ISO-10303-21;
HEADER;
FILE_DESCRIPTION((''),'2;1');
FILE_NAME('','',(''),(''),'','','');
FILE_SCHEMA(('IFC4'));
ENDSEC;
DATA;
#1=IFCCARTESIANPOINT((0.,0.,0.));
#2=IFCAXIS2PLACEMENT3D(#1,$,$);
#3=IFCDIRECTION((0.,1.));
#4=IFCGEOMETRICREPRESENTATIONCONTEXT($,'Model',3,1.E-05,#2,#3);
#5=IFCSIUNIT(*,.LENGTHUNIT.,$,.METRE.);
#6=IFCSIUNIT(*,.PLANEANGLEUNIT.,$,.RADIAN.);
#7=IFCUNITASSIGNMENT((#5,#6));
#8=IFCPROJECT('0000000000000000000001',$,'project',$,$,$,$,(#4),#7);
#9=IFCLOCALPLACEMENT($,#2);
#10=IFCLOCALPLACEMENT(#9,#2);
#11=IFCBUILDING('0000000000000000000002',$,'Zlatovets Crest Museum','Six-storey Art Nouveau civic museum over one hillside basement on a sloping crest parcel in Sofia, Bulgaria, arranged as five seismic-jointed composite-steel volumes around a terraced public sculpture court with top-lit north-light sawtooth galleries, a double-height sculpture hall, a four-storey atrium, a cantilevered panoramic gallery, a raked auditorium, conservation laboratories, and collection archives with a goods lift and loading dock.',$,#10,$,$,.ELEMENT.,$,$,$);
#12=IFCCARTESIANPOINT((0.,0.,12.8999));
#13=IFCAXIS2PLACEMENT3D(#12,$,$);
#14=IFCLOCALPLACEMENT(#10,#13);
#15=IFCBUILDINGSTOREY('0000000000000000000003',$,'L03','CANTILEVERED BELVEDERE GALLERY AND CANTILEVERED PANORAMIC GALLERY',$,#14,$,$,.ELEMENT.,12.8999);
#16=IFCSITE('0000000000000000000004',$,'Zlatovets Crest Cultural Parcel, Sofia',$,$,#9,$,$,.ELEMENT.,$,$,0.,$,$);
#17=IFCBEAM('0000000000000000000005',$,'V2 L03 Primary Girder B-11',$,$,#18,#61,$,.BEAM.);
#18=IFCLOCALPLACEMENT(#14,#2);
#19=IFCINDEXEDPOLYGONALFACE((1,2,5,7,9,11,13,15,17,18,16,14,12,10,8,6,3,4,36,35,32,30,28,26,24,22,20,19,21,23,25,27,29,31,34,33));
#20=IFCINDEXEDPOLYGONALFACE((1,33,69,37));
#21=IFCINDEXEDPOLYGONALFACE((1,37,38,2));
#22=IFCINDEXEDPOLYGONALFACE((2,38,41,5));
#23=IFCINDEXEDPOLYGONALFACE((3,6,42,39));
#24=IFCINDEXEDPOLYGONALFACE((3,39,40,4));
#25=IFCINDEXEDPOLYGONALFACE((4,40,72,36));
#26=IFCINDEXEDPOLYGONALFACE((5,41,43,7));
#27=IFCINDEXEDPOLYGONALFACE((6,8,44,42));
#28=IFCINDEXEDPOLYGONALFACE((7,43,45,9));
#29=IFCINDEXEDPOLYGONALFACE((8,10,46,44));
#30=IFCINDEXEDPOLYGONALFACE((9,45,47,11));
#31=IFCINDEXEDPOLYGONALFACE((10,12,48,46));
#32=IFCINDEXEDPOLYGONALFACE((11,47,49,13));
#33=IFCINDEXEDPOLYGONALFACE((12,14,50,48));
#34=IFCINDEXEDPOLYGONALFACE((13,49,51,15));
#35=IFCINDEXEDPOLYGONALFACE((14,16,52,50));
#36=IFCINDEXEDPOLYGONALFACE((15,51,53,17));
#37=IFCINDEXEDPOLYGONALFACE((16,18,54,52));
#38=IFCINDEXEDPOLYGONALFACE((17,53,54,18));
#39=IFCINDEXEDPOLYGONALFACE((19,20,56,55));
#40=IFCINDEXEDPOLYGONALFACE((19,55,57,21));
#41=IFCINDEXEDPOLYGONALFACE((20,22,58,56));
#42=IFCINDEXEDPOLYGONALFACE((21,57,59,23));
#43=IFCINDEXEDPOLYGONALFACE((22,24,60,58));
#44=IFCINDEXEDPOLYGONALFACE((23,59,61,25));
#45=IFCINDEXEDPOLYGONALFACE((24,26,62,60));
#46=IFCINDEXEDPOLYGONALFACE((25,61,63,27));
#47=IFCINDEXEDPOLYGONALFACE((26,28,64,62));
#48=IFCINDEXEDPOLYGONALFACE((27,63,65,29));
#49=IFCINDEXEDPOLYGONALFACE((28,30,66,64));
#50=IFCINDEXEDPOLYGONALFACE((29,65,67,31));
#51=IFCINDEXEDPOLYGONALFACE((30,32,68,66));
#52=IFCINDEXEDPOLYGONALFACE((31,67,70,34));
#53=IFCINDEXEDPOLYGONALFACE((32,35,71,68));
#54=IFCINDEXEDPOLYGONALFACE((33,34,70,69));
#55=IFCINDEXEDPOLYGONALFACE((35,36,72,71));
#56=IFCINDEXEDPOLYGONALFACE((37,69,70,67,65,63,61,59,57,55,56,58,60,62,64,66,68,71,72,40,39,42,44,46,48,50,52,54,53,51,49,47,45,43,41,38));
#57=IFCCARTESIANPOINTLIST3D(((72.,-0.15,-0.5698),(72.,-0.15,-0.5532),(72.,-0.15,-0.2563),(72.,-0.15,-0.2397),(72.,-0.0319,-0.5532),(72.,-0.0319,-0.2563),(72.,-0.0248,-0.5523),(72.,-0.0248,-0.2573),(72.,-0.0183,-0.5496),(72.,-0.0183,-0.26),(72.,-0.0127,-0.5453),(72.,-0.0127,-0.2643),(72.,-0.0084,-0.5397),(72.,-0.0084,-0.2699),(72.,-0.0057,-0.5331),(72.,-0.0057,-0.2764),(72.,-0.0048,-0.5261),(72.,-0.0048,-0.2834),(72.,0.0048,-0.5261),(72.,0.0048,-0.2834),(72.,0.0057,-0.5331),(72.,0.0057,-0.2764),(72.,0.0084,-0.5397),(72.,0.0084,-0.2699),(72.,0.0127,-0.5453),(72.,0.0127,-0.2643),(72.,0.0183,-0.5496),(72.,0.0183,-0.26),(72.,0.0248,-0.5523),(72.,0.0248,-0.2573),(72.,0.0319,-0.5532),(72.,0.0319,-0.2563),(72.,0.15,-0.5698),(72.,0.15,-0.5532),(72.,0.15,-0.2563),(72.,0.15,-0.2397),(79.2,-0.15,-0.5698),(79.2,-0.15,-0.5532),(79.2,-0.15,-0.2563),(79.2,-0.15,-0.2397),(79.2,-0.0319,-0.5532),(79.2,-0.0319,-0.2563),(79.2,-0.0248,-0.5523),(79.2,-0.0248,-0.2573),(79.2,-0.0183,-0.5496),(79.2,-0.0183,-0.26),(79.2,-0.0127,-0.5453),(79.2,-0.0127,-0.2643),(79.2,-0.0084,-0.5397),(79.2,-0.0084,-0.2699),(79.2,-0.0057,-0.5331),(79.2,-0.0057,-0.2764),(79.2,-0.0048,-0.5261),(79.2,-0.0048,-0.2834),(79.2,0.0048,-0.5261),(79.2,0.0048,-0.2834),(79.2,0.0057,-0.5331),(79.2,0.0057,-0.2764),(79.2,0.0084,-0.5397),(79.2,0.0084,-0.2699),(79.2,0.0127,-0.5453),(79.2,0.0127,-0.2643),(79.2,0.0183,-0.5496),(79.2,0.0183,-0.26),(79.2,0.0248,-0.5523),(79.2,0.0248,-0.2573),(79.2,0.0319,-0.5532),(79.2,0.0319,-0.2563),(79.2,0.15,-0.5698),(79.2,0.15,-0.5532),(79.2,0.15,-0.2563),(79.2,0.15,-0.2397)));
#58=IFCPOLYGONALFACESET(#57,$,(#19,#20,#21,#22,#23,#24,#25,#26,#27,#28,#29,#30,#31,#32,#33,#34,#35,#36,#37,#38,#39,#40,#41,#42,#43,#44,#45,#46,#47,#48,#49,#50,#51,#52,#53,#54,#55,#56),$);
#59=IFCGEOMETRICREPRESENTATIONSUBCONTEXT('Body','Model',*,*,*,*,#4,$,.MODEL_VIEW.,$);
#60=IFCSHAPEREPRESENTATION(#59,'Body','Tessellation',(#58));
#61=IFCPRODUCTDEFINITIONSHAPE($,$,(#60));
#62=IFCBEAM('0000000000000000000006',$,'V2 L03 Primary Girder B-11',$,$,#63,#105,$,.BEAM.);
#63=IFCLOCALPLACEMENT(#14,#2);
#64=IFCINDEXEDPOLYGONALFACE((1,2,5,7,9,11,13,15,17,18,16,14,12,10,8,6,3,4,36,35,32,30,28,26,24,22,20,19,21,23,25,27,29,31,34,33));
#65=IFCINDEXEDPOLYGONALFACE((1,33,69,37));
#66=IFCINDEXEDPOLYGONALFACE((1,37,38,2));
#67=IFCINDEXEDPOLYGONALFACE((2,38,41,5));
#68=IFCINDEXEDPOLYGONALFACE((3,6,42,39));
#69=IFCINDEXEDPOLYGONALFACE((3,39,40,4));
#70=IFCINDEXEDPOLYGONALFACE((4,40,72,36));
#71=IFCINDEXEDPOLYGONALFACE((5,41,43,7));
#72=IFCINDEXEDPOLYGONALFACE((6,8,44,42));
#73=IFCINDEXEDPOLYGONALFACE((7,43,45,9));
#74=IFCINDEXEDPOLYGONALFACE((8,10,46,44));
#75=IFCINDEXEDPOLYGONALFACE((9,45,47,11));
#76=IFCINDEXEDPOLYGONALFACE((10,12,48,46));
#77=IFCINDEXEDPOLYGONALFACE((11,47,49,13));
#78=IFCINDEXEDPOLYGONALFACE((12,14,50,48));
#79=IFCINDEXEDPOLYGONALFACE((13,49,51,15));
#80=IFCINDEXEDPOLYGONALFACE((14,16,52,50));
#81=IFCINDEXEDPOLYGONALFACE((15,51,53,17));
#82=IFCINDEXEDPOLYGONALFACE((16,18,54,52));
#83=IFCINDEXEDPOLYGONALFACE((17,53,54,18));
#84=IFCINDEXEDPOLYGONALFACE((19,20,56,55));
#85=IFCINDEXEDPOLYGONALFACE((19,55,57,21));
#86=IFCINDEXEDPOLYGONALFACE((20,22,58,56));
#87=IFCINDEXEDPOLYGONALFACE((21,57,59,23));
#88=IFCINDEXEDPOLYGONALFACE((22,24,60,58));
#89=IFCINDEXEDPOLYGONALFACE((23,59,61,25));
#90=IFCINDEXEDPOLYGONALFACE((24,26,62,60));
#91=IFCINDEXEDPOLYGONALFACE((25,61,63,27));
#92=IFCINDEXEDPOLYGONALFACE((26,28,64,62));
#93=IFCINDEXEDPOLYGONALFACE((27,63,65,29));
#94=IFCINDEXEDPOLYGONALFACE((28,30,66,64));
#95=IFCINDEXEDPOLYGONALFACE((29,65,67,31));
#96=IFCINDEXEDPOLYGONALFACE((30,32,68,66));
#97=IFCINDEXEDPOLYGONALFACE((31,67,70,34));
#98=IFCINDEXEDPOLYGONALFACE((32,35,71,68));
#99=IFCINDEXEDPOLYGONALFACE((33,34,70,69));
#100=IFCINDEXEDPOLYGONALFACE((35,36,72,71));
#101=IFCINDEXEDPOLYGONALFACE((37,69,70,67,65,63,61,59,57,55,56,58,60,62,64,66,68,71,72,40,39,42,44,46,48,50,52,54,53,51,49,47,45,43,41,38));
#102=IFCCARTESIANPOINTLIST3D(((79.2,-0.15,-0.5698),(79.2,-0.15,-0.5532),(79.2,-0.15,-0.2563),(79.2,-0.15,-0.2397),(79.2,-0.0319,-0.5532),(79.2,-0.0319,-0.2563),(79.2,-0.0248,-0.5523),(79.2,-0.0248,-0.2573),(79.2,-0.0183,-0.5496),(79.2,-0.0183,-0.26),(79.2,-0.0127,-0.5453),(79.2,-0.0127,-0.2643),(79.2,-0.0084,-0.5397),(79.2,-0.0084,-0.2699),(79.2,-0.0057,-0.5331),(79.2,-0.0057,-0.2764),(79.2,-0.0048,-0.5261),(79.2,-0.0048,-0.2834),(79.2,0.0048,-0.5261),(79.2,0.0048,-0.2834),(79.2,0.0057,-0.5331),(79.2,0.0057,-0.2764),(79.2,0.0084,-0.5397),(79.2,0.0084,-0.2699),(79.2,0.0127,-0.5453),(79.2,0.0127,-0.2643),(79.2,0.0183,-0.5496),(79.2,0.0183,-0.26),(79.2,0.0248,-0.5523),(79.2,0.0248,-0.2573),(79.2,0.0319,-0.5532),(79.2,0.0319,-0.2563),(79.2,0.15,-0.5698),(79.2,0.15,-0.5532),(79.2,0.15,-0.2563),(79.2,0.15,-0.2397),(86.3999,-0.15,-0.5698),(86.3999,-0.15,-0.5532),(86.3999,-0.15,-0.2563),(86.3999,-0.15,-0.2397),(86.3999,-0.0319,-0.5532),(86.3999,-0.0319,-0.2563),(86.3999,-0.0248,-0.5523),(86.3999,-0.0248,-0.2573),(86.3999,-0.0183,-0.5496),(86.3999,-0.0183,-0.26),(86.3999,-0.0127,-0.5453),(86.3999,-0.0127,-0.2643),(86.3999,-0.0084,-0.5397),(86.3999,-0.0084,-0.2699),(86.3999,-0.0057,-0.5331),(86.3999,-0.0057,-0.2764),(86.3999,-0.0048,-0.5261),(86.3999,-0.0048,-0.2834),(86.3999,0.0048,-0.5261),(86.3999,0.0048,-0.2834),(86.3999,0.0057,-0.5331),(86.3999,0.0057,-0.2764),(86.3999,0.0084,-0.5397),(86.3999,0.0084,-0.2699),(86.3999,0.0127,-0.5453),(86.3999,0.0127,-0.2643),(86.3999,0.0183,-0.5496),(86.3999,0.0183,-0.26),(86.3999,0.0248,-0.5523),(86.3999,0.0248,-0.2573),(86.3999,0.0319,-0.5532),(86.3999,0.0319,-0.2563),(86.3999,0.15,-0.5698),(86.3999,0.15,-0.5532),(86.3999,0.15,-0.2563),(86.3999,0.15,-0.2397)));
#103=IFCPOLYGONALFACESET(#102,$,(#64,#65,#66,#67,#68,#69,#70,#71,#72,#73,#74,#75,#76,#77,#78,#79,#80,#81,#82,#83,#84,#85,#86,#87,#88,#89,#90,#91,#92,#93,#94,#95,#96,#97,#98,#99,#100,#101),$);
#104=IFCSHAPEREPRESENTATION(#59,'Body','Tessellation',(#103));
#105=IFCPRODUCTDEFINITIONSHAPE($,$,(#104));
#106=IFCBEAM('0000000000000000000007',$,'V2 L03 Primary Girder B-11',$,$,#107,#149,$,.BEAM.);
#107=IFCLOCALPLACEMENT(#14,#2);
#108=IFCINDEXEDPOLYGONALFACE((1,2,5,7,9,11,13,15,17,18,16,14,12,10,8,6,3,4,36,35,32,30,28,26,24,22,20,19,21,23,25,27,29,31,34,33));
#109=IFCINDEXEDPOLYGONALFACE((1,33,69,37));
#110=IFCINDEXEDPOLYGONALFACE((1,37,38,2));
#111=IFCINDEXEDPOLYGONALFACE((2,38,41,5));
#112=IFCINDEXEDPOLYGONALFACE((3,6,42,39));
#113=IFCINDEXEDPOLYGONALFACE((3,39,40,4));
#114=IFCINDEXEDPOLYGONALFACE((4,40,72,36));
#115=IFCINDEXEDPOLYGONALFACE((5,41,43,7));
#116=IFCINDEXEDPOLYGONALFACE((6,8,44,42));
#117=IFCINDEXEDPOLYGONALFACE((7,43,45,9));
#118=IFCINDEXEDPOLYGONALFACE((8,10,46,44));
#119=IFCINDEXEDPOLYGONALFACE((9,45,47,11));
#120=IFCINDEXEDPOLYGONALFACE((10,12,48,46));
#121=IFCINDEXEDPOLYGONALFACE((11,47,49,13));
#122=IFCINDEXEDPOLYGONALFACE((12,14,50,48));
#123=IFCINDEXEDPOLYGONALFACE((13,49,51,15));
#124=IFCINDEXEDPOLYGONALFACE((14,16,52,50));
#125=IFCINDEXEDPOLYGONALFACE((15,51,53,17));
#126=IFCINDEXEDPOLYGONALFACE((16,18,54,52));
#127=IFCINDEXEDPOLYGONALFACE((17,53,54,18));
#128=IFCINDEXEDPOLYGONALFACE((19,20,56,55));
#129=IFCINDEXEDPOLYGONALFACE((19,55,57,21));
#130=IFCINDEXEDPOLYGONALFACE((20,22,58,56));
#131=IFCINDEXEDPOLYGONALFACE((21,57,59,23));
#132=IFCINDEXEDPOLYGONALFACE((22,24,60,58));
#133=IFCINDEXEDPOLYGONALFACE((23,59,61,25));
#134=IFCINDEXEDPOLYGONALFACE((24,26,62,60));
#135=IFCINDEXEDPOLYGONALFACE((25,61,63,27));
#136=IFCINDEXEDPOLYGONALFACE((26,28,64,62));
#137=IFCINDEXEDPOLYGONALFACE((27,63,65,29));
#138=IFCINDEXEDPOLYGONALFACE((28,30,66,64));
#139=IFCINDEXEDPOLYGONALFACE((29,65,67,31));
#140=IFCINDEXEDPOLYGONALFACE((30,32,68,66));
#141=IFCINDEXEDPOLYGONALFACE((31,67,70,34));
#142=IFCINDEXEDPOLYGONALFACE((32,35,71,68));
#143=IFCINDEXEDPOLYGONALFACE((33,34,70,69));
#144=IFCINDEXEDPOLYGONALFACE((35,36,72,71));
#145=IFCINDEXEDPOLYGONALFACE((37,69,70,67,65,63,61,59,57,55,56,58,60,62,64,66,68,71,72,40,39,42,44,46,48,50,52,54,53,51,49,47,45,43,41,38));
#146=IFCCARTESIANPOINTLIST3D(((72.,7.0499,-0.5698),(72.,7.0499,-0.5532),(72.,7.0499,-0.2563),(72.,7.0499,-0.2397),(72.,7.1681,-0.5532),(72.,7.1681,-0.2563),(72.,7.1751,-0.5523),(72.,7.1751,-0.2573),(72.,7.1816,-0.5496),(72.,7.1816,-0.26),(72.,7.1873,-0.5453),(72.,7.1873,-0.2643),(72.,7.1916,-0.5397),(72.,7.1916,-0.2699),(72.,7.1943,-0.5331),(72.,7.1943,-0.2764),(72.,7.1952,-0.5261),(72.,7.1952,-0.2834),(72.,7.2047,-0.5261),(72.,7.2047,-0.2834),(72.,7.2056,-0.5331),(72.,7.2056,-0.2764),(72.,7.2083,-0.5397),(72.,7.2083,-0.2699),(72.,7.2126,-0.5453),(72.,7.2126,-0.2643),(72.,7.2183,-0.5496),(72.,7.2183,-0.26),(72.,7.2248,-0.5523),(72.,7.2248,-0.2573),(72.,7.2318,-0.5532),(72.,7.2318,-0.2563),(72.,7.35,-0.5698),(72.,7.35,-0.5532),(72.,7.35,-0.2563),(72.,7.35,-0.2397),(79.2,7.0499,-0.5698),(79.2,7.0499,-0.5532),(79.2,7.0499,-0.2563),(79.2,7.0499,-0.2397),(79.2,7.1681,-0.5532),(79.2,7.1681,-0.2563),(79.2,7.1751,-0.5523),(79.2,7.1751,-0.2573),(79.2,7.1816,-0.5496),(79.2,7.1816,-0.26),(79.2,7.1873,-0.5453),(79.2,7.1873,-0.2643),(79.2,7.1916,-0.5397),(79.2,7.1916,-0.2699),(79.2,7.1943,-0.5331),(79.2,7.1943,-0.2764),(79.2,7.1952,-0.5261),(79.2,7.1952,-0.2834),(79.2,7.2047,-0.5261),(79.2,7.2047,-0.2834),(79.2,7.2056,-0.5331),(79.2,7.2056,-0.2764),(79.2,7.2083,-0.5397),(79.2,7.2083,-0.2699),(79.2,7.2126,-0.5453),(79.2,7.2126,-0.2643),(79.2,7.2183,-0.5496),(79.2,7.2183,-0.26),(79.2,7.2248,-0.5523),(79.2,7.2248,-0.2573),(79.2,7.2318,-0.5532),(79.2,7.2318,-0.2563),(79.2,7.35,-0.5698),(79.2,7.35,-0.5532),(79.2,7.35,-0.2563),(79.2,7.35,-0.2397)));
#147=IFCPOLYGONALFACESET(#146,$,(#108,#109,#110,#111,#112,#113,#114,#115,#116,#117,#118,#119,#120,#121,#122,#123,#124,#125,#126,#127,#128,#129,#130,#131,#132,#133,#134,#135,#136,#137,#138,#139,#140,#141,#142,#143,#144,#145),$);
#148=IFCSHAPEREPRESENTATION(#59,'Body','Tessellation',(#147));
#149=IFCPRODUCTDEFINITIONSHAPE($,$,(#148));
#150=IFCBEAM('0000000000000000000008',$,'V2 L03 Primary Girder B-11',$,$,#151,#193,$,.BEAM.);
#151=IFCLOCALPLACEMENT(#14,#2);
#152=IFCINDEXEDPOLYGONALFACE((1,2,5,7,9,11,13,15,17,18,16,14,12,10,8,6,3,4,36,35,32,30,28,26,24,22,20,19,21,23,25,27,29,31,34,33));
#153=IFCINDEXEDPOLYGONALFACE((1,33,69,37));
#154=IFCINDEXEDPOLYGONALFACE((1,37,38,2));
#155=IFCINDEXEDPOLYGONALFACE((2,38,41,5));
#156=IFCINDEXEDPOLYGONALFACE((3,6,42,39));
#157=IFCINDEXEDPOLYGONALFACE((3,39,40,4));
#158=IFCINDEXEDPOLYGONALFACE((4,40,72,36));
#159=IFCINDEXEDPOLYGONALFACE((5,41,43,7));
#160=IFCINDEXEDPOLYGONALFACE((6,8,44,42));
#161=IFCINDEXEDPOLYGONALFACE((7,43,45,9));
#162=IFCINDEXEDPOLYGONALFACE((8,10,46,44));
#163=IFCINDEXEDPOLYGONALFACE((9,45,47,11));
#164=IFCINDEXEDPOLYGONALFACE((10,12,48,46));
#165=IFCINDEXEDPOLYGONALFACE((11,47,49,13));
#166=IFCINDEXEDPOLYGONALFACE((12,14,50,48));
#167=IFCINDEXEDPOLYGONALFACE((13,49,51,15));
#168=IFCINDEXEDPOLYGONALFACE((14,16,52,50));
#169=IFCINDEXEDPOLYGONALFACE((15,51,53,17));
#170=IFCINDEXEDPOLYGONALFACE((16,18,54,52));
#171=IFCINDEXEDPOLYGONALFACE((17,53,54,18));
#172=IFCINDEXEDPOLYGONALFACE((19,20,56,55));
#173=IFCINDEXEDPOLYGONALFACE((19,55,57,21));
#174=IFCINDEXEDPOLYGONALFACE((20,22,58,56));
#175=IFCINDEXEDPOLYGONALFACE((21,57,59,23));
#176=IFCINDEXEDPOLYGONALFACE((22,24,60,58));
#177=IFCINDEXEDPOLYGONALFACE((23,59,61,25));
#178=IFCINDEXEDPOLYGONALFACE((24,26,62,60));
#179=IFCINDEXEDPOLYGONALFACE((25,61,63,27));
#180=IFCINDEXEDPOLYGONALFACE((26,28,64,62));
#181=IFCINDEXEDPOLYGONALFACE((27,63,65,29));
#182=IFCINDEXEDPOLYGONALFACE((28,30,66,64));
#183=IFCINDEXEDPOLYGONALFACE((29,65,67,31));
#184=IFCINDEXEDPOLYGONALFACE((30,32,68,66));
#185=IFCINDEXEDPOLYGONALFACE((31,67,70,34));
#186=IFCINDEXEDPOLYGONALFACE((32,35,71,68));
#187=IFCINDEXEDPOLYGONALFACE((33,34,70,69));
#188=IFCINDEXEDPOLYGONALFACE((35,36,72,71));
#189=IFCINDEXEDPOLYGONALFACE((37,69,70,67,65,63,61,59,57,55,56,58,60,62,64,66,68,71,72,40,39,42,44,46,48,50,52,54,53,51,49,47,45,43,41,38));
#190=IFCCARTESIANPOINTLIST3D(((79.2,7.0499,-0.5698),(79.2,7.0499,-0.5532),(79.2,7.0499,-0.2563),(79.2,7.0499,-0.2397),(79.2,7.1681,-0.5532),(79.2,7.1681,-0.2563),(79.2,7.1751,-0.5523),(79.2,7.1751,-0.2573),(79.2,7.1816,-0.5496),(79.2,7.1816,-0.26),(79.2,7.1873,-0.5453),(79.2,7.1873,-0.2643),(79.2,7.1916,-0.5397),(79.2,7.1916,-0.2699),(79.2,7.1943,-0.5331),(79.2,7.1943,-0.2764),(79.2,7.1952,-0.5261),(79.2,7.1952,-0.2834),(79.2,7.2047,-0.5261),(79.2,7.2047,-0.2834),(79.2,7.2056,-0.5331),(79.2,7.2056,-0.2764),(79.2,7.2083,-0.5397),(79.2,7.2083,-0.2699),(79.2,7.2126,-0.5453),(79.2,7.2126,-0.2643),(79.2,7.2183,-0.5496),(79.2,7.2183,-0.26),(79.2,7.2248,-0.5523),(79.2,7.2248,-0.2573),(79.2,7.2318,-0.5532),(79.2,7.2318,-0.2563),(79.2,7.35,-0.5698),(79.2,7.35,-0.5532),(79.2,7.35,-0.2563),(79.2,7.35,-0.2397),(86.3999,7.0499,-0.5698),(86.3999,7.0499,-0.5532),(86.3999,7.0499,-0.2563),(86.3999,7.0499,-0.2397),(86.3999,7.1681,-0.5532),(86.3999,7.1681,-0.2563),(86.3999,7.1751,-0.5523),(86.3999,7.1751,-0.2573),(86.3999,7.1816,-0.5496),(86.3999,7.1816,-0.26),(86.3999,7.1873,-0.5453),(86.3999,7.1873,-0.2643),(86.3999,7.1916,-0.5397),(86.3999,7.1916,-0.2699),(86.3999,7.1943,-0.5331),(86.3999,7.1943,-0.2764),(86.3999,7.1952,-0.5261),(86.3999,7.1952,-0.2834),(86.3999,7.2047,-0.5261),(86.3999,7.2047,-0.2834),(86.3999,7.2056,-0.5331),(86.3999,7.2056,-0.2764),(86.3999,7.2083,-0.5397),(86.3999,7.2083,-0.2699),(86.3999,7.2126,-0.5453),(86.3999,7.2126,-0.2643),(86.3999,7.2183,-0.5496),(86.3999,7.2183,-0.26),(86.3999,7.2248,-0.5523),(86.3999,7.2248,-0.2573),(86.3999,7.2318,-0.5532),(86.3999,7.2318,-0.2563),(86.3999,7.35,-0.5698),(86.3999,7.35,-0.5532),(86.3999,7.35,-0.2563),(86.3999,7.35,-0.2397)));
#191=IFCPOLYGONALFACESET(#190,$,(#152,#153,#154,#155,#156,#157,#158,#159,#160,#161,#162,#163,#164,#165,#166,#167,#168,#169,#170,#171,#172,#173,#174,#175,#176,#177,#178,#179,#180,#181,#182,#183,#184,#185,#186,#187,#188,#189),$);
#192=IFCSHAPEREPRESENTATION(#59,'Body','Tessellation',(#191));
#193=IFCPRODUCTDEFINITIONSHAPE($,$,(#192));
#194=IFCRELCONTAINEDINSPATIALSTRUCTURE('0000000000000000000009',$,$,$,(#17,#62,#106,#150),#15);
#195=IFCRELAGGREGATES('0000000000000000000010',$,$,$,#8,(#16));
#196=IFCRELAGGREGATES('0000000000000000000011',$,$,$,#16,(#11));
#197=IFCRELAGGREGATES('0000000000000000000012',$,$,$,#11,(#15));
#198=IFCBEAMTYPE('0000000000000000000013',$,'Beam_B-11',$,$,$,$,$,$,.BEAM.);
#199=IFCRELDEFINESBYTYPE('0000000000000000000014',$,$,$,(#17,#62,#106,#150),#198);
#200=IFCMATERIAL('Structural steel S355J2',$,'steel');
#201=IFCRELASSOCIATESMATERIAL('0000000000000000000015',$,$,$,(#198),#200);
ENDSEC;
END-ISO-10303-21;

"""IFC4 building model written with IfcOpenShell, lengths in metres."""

from ifc_helpers import new_model, si_unit, direction, frame, origin, origin_2d, place, context, subcontext, project, spatial, i_section, extrude, material, material_profile, profile_set, type_object, element, save


model = new_model("IFC4")

# Units and contexts
model_context = context("Model", 3, precision=1e-05, world=origin(), true_north=direction((0.0, 1.0)))
body_context = subcontext(model_context, "Body", "Model", "MODEL_VIEW")
ifc_project = project(units=[si_unit("LENGTHUNIT", "METRE"), si_unit("PLANEANGLEUNIT", "RADIAN")], contexts=[model_context])

# Site, building, storey
site_placement = place(None, origin())
site = spatial("IfcSite", under=ifc_project, at=site_placement, Name="Zlatovets Crest Cultural Parcel, Sofia", CompositionType="ELEMENT", RefElevation=0.0)
building_placement = place(site_placement, origin())
building = spatial("IfcBuilding", under=site, at=building_placement, Name="Zlatovets Crest Museum", Description="Six-storey Art Nouveau civic museum over one hillside basement on a sloping crest parcel in Sofia, Bulgaria, arranged as five seismic-jointed composite-steel volumes around a terraced public sculpture court with top-lit north-light sawtooth galleries, a double-height sculpture hall, a four-storey atrium, a cantilevered panoramic gallery, a raked auditorium, conservation laboratories, and collection archives with a goods lift and loading dock.", CompositionType="ELEMENT")
storey_placement = place(building_placement, frame((0.0, 0.0, 12.8999)))
storey = spatial("IfcBuildingStorey", under=building, at=storey_placement, Name="L03", Description="CANTILEVERED BELVEDERE GALLERY AND CANTILEVERED PANORAMIC GALLERY", CompositionType="ELEMENT", Elevation=12.8999)

# Shared definitions
ifc_material_1 = material(Name="Structural steel S355J2", Category="steel")

# Beams
ifc_material_profile_1 = material_profile(ifc_material_1, i_section(OverallWidth=0.3, OverallDepth=0.3301, WebThickness=0.0095, FlangeThickness=0.0166, FilletRadius=0.0271, at=origin_2d()), Name="HEA 340")
ifc_profile_set_1 = profile_set([ifc_material_profile_1], Name="Structural steel S355J2")
beam_type_1 = type_object("IfcBeamType", Name="Beam_B-11", PredefinedType="BEAM", material=ifc_profile_set_1)
for number, where, z_axis, x_axis, name in (
    (1, (72.0, 0.0, -0.4048), (1.0, 0.0, 0.0), (0.0, 1.0, 0.0), "V2 L03 Primary Girder B-11"),
    (2, (79.2, 0.0, -0.4048), (1.0, 0.0, 0.0), (0.0, 1.0, 0.0), "V2 L03 Primary Girder B-11"),
    (3, (72.0, 7.2, -0.4048), (1.0, 0.0, 0.0), (0.0, 1.0, 0.0), "V2 L03 Primary Girder B-11"),
    (4, (79.2, 7.2, -0.4048), (1.0, 0.0, 0.0), (0.0, 1.0, 0.0), "V2 L03 Primary Girder B-11"),
):
    element("IfcBeam", number, at=place(storey_placement, frame(where, z_axis=z_axis, x_axis=x_axis)), inside=storey, type_object=beam_type_1, Name=name, PredefinedType="BEAM", context=body_context, shape_type="SweptSolid", body=[
        extrude(i_section(OverallWidth=0.3, OverallDepth=0.3301, WebThickness=0.0095, FlangeThickness=0.0166, FilletRadius=0.0271, at=origin_2d()), origin(), (0.0, 0.0, 1.0), 7.2),
    ])

save(model, "model.ifc")
